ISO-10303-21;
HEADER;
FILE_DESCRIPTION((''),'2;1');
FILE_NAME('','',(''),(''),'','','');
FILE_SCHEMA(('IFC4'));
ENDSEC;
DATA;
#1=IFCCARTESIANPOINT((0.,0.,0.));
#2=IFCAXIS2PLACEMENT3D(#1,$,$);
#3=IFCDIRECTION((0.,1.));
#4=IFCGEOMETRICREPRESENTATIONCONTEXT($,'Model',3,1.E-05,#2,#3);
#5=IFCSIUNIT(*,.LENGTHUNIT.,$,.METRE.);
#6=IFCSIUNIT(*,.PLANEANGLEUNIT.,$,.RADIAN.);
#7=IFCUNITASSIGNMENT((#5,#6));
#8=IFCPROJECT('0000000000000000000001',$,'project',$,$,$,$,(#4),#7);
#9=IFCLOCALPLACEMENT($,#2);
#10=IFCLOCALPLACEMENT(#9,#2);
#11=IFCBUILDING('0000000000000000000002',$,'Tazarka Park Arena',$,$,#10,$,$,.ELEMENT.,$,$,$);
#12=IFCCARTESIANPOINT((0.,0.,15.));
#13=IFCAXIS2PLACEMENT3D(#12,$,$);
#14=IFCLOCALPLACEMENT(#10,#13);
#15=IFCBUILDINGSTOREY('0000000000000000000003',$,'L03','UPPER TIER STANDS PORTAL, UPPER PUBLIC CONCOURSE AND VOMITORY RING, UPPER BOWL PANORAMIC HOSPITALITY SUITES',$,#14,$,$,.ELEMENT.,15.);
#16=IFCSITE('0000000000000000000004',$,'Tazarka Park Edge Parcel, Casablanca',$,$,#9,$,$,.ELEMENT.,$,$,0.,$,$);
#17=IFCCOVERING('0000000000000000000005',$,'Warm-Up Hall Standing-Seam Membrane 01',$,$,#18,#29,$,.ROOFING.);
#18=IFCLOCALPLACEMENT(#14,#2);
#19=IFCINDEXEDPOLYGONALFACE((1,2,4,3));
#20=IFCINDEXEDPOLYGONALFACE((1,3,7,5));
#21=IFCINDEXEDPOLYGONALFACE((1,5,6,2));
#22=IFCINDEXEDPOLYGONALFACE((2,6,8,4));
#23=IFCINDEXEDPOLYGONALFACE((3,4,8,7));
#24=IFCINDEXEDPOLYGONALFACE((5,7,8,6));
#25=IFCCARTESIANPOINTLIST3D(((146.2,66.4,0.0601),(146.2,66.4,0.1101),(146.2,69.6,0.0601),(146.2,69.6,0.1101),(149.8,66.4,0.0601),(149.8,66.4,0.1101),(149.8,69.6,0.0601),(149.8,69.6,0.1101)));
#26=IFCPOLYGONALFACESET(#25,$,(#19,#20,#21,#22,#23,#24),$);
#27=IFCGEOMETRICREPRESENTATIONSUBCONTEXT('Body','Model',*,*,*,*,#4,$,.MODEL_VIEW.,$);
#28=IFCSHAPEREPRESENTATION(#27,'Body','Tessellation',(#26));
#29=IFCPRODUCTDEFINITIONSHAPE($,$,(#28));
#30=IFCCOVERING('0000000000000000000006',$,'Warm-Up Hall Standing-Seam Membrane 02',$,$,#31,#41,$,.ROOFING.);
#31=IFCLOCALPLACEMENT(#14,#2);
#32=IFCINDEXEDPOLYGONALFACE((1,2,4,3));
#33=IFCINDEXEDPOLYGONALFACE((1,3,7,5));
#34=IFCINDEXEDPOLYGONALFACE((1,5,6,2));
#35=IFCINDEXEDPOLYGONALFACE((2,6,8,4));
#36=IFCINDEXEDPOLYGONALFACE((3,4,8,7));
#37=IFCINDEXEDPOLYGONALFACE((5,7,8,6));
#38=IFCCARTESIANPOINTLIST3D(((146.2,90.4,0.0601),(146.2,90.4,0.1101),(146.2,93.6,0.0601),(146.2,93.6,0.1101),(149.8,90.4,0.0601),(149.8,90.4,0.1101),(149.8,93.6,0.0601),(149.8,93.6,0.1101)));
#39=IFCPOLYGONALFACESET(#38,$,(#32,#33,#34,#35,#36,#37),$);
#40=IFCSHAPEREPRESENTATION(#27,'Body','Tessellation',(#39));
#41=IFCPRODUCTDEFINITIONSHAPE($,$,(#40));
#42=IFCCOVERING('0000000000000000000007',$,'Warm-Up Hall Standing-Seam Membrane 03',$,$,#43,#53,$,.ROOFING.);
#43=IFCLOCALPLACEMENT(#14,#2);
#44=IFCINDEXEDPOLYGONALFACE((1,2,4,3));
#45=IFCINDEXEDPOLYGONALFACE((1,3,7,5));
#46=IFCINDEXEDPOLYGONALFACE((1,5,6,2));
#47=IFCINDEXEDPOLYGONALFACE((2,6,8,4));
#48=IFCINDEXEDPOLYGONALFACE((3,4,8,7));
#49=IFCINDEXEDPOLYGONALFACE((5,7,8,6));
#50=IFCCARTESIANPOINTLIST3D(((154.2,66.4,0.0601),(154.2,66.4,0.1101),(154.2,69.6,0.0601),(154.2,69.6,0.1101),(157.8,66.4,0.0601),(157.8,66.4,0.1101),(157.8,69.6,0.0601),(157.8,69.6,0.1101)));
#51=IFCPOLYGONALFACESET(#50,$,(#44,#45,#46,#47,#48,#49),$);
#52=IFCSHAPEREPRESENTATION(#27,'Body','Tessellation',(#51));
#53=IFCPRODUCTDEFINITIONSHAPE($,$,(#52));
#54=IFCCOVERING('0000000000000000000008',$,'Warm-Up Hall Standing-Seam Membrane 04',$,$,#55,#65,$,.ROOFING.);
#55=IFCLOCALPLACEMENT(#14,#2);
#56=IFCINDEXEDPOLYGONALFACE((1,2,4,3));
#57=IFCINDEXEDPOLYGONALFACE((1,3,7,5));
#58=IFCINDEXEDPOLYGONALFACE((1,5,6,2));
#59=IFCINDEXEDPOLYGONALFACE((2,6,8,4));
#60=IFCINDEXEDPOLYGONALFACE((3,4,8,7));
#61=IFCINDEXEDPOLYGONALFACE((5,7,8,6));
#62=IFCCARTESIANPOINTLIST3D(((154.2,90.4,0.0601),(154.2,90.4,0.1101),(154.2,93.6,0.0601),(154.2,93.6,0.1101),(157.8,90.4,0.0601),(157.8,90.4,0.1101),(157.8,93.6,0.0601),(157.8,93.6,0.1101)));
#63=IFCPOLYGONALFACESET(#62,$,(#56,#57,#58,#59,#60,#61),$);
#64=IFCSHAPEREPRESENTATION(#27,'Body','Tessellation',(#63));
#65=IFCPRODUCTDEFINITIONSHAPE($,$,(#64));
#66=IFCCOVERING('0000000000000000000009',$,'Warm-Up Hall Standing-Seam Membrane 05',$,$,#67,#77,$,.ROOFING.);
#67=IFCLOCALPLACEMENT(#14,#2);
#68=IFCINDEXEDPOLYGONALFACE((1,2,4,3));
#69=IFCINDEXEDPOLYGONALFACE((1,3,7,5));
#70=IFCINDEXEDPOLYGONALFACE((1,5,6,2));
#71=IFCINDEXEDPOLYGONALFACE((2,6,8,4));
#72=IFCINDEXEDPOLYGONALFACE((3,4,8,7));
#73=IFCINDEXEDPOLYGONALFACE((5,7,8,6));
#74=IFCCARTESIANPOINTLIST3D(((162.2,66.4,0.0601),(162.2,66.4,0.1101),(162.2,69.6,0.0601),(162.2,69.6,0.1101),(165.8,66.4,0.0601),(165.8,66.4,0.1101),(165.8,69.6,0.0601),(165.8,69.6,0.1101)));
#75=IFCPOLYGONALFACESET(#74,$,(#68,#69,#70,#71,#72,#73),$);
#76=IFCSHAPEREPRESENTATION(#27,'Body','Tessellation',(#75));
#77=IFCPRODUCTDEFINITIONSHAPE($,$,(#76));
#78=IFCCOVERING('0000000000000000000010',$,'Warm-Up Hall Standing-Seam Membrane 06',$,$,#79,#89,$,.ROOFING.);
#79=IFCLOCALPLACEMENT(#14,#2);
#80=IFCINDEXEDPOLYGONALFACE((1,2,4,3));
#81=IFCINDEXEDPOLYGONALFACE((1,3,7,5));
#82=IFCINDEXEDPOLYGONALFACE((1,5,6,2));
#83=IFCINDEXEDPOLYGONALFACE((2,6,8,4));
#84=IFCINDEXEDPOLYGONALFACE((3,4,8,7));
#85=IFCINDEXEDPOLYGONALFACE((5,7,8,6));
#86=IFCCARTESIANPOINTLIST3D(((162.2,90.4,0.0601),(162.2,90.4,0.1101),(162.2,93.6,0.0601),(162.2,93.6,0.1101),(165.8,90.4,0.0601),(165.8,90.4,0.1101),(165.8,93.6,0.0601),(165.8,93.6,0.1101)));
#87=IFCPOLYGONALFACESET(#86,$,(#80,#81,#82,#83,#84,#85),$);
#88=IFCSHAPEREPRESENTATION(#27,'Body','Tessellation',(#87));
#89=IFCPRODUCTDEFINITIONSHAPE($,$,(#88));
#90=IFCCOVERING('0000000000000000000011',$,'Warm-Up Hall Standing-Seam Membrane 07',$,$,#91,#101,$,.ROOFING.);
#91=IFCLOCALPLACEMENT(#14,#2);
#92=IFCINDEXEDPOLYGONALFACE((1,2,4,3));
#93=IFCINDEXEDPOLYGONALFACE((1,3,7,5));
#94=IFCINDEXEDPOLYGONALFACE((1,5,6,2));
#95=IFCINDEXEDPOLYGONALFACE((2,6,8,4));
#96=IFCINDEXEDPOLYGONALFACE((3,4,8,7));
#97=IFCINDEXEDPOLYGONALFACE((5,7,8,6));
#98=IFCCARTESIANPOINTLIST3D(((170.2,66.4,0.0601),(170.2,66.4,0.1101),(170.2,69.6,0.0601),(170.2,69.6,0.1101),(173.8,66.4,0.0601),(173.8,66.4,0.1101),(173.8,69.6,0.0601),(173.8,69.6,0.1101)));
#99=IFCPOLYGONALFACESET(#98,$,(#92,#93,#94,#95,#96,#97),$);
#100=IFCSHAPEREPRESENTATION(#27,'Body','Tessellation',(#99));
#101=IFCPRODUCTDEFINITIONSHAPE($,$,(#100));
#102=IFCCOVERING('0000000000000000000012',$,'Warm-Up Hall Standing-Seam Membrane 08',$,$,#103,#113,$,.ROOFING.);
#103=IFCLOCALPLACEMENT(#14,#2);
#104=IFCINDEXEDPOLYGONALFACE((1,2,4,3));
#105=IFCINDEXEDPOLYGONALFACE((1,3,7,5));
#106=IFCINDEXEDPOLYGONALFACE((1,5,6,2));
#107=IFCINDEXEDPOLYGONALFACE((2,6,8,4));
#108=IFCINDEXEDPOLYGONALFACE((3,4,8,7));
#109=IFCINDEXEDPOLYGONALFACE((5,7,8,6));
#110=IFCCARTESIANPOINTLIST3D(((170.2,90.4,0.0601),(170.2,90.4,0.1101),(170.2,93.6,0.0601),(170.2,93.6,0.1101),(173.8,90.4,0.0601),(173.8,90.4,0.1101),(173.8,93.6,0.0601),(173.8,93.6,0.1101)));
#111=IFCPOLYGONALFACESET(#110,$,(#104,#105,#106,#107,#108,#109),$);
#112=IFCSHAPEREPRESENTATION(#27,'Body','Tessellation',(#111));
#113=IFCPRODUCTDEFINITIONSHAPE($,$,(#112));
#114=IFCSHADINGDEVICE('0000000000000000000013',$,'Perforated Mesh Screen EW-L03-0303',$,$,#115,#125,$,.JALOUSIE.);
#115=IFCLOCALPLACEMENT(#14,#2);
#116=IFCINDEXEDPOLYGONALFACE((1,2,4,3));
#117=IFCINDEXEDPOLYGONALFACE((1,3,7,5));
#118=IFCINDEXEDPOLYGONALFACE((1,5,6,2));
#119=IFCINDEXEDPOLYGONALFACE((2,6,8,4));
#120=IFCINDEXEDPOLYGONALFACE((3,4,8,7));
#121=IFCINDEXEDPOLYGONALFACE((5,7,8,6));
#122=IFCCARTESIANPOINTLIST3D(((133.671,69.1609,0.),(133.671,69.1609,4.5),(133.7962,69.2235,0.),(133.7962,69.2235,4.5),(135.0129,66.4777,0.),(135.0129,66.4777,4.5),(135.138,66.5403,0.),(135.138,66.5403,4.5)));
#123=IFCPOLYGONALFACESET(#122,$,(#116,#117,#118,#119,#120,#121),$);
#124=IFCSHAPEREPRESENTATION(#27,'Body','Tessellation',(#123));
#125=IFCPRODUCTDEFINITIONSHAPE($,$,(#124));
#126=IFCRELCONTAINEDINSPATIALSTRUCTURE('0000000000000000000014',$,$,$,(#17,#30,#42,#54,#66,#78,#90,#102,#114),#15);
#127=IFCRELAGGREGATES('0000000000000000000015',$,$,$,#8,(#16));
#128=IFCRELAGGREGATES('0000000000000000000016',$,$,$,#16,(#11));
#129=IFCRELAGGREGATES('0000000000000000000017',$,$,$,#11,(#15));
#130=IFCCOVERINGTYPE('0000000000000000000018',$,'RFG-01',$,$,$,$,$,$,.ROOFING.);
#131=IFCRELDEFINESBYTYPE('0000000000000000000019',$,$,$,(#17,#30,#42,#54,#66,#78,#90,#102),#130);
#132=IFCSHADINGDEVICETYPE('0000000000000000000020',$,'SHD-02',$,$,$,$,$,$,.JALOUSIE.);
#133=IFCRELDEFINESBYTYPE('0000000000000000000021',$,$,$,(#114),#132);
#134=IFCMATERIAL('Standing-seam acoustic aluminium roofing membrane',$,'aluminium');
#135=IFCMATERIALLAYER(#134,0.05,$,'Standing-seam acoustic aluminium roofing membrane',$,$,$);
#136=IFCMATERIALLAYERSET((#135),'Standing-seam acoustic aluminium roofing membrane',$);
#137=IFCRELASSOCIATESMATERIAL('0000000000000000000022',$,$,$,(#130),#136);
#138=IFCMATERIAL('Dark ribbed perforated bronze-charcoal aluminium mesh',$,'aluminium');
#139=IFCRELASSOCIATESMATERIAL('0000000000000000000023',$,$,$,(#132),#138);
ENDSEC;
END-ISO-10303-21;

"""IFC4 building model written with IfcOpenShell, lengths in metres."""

from ifc_helpers import new_model, si_unit, direction, frame, origin, origin_2d, place, context, subcontext, project, spatial, rectangle, extrude, material, layer, layer_set, type_object, element, save


model = new_model("IFC4")

# Units and contexts
model_context = context("Model", 3, precision=1e-05, world=origin(), true_north=direction((0.0, 1.0)))
body_context = subcontext(model_context, "Body", "Model", "MODEL_VIEW")
ifc_project = project(units=[si_unit("LENGTHUNIT", "METRE"), si_unit("PLANEANGLEUNIT", "RADIAN")], contexts=[model_context])

# Site, building, storey
site_placement = place(None, origin())
site = spatial("IfcSite", under=ifc_project, at=site_placement, Name="Tazarka Park Edge Parcel, Casablanca", CompositionType="ELEMENT", RefElevation=0.0)
building_placement = place(site_placement, origin())
building = spatial("IfcBuilding", under=site, at=building_placement, Name="Tazarka Park Arena", CompositionType="ELEMENT")
storey_placement = place(building_placement, frame((0.0, 0.0, 15.0)))
storey = spatial("IfcBuildingStorey", under=building, at=storey_placement, Name="L03", Description="UPPER TIER STANDS PORTAL, UPPER PUBLIC CONCOURSE AND VOMITORY RING, UPPER BOWL PANORAMIC HOSPITALITY SUITES", CompositionType="ELEMENT", Elevation=15.0)

# Coverings
ifc_material_1 = material(Name="Standing-seam acoustic aluminium roofing membrane", Category="aluminium")
ifc_layer_1 = layer(ifc_material_1, 0.05, Name="Standing-seam acoustic aluminium roofing membrane")
ifc_layer_set_1 = layer_set([ifc_layer_1], Name="Standing-seam acoustic aluminium roofing membrane")
covering_type_1 = type_object("IfcCoveringType", Name="RFG-01", PredefinedType="ROOFING", material=ifc_layer_set_1)
for number, where, z_axis, x_axis, name in (
    (1, (148.0, 68.0, 0.0601), (0.0, 0.0, 1.0), (1.0, 0.0, 0.0), "Warm-Up Hall Standing-Seam Membrane 01"),
    (2, (148.0, 92.0, 0.0601), (0.0, 0.0, 1.0), (1.0, 0.0, 0.0), "Warm-Up Hall Standing-Seam Membrane 02"),
    (3, (156.0, 68.0, 0.0601), (0.0, 0.0, 1.0), (1.0, 0.0, 0.0), "Warm-Up Hall Standing-Seam Membrane 03"),
    (4, (156.0, 92.0, 0.0601), (0.0, 0.0, 1.0), (1.0, 0.0, 0.0), "Warm-Up Hall Standing-Seam Membrane 04"),
    (5, (164.0, 68.0, 0.0601), (0.0, 0.0, 1.0), (1.0, 0.0, 0.0), "Warm-Up Hall Standing-Seam Membrane 05"),
    (6, (164.0, 92.0, 0.0601), (0.0, 0.0, 1.0), (1.0, 0.0, 0.0), "Warm-Up Hall Standing-Seam Membrane 06"),
    (7, (172.0, 68.0, 0.0601), (0.0, 0.0, 1.0), (1.0, 0.0, 0.0), "Warm-Up Hall Standing-Seam Membrane 07"),
    (8, (172.0, 92.0, 0.0601), (0.0, 0.0, 1.0), (1.0, 0.0, 0.0), "Warm-Up Hall Standing-Seam Membrane 08"),
):
    element("IfcCovering", number, at=place(storey_placement, frame(where, z_axis=z_axis, x_axis=x_axis)), inside=storey, type_object=covering_type_1, Name=name, PredefinedType="ROOFING", context=body_context, shape_type="SweptSolid", body=[
        extrude(rectangle(XDim=3.6001, YDim=3.2, at=origin_2d()), origin(), (0.0, 0.0, 1.0), 0.05),
    ])

# Shading device
ifc_material_2 = material(Name="Dark ribbed perforated bronze-charcoal aluminium mesh", Category="aluminium")
shading_device_type = type_object("IfcShadingDeviceType", Name="SHD-02", PredefinedType="JALOUSIE", material=ifc_material_2)
shading_device_placement = place(storey_placement, frame((134.4045, 67.8506, 0.0), z_axis=(0.0, 0.0, 1.0), x_axis=(0.447291, -0.894389, 0.0)))
element("IfcShadingDevice", 9, at=shading_device_placement, inside=storey, type_object=shading_device_type, Name="Perforated Mesh Screen EW-L03-0303", PredefinedType="JALOUSIE", context=body_context, shape_type="SweptSolid", body=[
    extrude(rectangle(XDim=3.0, YDim=0.1399, at=origin_2d()), origin(), (0.0, 0.0, 1.0), 4.5),
])

save(model, "model.ifc")
